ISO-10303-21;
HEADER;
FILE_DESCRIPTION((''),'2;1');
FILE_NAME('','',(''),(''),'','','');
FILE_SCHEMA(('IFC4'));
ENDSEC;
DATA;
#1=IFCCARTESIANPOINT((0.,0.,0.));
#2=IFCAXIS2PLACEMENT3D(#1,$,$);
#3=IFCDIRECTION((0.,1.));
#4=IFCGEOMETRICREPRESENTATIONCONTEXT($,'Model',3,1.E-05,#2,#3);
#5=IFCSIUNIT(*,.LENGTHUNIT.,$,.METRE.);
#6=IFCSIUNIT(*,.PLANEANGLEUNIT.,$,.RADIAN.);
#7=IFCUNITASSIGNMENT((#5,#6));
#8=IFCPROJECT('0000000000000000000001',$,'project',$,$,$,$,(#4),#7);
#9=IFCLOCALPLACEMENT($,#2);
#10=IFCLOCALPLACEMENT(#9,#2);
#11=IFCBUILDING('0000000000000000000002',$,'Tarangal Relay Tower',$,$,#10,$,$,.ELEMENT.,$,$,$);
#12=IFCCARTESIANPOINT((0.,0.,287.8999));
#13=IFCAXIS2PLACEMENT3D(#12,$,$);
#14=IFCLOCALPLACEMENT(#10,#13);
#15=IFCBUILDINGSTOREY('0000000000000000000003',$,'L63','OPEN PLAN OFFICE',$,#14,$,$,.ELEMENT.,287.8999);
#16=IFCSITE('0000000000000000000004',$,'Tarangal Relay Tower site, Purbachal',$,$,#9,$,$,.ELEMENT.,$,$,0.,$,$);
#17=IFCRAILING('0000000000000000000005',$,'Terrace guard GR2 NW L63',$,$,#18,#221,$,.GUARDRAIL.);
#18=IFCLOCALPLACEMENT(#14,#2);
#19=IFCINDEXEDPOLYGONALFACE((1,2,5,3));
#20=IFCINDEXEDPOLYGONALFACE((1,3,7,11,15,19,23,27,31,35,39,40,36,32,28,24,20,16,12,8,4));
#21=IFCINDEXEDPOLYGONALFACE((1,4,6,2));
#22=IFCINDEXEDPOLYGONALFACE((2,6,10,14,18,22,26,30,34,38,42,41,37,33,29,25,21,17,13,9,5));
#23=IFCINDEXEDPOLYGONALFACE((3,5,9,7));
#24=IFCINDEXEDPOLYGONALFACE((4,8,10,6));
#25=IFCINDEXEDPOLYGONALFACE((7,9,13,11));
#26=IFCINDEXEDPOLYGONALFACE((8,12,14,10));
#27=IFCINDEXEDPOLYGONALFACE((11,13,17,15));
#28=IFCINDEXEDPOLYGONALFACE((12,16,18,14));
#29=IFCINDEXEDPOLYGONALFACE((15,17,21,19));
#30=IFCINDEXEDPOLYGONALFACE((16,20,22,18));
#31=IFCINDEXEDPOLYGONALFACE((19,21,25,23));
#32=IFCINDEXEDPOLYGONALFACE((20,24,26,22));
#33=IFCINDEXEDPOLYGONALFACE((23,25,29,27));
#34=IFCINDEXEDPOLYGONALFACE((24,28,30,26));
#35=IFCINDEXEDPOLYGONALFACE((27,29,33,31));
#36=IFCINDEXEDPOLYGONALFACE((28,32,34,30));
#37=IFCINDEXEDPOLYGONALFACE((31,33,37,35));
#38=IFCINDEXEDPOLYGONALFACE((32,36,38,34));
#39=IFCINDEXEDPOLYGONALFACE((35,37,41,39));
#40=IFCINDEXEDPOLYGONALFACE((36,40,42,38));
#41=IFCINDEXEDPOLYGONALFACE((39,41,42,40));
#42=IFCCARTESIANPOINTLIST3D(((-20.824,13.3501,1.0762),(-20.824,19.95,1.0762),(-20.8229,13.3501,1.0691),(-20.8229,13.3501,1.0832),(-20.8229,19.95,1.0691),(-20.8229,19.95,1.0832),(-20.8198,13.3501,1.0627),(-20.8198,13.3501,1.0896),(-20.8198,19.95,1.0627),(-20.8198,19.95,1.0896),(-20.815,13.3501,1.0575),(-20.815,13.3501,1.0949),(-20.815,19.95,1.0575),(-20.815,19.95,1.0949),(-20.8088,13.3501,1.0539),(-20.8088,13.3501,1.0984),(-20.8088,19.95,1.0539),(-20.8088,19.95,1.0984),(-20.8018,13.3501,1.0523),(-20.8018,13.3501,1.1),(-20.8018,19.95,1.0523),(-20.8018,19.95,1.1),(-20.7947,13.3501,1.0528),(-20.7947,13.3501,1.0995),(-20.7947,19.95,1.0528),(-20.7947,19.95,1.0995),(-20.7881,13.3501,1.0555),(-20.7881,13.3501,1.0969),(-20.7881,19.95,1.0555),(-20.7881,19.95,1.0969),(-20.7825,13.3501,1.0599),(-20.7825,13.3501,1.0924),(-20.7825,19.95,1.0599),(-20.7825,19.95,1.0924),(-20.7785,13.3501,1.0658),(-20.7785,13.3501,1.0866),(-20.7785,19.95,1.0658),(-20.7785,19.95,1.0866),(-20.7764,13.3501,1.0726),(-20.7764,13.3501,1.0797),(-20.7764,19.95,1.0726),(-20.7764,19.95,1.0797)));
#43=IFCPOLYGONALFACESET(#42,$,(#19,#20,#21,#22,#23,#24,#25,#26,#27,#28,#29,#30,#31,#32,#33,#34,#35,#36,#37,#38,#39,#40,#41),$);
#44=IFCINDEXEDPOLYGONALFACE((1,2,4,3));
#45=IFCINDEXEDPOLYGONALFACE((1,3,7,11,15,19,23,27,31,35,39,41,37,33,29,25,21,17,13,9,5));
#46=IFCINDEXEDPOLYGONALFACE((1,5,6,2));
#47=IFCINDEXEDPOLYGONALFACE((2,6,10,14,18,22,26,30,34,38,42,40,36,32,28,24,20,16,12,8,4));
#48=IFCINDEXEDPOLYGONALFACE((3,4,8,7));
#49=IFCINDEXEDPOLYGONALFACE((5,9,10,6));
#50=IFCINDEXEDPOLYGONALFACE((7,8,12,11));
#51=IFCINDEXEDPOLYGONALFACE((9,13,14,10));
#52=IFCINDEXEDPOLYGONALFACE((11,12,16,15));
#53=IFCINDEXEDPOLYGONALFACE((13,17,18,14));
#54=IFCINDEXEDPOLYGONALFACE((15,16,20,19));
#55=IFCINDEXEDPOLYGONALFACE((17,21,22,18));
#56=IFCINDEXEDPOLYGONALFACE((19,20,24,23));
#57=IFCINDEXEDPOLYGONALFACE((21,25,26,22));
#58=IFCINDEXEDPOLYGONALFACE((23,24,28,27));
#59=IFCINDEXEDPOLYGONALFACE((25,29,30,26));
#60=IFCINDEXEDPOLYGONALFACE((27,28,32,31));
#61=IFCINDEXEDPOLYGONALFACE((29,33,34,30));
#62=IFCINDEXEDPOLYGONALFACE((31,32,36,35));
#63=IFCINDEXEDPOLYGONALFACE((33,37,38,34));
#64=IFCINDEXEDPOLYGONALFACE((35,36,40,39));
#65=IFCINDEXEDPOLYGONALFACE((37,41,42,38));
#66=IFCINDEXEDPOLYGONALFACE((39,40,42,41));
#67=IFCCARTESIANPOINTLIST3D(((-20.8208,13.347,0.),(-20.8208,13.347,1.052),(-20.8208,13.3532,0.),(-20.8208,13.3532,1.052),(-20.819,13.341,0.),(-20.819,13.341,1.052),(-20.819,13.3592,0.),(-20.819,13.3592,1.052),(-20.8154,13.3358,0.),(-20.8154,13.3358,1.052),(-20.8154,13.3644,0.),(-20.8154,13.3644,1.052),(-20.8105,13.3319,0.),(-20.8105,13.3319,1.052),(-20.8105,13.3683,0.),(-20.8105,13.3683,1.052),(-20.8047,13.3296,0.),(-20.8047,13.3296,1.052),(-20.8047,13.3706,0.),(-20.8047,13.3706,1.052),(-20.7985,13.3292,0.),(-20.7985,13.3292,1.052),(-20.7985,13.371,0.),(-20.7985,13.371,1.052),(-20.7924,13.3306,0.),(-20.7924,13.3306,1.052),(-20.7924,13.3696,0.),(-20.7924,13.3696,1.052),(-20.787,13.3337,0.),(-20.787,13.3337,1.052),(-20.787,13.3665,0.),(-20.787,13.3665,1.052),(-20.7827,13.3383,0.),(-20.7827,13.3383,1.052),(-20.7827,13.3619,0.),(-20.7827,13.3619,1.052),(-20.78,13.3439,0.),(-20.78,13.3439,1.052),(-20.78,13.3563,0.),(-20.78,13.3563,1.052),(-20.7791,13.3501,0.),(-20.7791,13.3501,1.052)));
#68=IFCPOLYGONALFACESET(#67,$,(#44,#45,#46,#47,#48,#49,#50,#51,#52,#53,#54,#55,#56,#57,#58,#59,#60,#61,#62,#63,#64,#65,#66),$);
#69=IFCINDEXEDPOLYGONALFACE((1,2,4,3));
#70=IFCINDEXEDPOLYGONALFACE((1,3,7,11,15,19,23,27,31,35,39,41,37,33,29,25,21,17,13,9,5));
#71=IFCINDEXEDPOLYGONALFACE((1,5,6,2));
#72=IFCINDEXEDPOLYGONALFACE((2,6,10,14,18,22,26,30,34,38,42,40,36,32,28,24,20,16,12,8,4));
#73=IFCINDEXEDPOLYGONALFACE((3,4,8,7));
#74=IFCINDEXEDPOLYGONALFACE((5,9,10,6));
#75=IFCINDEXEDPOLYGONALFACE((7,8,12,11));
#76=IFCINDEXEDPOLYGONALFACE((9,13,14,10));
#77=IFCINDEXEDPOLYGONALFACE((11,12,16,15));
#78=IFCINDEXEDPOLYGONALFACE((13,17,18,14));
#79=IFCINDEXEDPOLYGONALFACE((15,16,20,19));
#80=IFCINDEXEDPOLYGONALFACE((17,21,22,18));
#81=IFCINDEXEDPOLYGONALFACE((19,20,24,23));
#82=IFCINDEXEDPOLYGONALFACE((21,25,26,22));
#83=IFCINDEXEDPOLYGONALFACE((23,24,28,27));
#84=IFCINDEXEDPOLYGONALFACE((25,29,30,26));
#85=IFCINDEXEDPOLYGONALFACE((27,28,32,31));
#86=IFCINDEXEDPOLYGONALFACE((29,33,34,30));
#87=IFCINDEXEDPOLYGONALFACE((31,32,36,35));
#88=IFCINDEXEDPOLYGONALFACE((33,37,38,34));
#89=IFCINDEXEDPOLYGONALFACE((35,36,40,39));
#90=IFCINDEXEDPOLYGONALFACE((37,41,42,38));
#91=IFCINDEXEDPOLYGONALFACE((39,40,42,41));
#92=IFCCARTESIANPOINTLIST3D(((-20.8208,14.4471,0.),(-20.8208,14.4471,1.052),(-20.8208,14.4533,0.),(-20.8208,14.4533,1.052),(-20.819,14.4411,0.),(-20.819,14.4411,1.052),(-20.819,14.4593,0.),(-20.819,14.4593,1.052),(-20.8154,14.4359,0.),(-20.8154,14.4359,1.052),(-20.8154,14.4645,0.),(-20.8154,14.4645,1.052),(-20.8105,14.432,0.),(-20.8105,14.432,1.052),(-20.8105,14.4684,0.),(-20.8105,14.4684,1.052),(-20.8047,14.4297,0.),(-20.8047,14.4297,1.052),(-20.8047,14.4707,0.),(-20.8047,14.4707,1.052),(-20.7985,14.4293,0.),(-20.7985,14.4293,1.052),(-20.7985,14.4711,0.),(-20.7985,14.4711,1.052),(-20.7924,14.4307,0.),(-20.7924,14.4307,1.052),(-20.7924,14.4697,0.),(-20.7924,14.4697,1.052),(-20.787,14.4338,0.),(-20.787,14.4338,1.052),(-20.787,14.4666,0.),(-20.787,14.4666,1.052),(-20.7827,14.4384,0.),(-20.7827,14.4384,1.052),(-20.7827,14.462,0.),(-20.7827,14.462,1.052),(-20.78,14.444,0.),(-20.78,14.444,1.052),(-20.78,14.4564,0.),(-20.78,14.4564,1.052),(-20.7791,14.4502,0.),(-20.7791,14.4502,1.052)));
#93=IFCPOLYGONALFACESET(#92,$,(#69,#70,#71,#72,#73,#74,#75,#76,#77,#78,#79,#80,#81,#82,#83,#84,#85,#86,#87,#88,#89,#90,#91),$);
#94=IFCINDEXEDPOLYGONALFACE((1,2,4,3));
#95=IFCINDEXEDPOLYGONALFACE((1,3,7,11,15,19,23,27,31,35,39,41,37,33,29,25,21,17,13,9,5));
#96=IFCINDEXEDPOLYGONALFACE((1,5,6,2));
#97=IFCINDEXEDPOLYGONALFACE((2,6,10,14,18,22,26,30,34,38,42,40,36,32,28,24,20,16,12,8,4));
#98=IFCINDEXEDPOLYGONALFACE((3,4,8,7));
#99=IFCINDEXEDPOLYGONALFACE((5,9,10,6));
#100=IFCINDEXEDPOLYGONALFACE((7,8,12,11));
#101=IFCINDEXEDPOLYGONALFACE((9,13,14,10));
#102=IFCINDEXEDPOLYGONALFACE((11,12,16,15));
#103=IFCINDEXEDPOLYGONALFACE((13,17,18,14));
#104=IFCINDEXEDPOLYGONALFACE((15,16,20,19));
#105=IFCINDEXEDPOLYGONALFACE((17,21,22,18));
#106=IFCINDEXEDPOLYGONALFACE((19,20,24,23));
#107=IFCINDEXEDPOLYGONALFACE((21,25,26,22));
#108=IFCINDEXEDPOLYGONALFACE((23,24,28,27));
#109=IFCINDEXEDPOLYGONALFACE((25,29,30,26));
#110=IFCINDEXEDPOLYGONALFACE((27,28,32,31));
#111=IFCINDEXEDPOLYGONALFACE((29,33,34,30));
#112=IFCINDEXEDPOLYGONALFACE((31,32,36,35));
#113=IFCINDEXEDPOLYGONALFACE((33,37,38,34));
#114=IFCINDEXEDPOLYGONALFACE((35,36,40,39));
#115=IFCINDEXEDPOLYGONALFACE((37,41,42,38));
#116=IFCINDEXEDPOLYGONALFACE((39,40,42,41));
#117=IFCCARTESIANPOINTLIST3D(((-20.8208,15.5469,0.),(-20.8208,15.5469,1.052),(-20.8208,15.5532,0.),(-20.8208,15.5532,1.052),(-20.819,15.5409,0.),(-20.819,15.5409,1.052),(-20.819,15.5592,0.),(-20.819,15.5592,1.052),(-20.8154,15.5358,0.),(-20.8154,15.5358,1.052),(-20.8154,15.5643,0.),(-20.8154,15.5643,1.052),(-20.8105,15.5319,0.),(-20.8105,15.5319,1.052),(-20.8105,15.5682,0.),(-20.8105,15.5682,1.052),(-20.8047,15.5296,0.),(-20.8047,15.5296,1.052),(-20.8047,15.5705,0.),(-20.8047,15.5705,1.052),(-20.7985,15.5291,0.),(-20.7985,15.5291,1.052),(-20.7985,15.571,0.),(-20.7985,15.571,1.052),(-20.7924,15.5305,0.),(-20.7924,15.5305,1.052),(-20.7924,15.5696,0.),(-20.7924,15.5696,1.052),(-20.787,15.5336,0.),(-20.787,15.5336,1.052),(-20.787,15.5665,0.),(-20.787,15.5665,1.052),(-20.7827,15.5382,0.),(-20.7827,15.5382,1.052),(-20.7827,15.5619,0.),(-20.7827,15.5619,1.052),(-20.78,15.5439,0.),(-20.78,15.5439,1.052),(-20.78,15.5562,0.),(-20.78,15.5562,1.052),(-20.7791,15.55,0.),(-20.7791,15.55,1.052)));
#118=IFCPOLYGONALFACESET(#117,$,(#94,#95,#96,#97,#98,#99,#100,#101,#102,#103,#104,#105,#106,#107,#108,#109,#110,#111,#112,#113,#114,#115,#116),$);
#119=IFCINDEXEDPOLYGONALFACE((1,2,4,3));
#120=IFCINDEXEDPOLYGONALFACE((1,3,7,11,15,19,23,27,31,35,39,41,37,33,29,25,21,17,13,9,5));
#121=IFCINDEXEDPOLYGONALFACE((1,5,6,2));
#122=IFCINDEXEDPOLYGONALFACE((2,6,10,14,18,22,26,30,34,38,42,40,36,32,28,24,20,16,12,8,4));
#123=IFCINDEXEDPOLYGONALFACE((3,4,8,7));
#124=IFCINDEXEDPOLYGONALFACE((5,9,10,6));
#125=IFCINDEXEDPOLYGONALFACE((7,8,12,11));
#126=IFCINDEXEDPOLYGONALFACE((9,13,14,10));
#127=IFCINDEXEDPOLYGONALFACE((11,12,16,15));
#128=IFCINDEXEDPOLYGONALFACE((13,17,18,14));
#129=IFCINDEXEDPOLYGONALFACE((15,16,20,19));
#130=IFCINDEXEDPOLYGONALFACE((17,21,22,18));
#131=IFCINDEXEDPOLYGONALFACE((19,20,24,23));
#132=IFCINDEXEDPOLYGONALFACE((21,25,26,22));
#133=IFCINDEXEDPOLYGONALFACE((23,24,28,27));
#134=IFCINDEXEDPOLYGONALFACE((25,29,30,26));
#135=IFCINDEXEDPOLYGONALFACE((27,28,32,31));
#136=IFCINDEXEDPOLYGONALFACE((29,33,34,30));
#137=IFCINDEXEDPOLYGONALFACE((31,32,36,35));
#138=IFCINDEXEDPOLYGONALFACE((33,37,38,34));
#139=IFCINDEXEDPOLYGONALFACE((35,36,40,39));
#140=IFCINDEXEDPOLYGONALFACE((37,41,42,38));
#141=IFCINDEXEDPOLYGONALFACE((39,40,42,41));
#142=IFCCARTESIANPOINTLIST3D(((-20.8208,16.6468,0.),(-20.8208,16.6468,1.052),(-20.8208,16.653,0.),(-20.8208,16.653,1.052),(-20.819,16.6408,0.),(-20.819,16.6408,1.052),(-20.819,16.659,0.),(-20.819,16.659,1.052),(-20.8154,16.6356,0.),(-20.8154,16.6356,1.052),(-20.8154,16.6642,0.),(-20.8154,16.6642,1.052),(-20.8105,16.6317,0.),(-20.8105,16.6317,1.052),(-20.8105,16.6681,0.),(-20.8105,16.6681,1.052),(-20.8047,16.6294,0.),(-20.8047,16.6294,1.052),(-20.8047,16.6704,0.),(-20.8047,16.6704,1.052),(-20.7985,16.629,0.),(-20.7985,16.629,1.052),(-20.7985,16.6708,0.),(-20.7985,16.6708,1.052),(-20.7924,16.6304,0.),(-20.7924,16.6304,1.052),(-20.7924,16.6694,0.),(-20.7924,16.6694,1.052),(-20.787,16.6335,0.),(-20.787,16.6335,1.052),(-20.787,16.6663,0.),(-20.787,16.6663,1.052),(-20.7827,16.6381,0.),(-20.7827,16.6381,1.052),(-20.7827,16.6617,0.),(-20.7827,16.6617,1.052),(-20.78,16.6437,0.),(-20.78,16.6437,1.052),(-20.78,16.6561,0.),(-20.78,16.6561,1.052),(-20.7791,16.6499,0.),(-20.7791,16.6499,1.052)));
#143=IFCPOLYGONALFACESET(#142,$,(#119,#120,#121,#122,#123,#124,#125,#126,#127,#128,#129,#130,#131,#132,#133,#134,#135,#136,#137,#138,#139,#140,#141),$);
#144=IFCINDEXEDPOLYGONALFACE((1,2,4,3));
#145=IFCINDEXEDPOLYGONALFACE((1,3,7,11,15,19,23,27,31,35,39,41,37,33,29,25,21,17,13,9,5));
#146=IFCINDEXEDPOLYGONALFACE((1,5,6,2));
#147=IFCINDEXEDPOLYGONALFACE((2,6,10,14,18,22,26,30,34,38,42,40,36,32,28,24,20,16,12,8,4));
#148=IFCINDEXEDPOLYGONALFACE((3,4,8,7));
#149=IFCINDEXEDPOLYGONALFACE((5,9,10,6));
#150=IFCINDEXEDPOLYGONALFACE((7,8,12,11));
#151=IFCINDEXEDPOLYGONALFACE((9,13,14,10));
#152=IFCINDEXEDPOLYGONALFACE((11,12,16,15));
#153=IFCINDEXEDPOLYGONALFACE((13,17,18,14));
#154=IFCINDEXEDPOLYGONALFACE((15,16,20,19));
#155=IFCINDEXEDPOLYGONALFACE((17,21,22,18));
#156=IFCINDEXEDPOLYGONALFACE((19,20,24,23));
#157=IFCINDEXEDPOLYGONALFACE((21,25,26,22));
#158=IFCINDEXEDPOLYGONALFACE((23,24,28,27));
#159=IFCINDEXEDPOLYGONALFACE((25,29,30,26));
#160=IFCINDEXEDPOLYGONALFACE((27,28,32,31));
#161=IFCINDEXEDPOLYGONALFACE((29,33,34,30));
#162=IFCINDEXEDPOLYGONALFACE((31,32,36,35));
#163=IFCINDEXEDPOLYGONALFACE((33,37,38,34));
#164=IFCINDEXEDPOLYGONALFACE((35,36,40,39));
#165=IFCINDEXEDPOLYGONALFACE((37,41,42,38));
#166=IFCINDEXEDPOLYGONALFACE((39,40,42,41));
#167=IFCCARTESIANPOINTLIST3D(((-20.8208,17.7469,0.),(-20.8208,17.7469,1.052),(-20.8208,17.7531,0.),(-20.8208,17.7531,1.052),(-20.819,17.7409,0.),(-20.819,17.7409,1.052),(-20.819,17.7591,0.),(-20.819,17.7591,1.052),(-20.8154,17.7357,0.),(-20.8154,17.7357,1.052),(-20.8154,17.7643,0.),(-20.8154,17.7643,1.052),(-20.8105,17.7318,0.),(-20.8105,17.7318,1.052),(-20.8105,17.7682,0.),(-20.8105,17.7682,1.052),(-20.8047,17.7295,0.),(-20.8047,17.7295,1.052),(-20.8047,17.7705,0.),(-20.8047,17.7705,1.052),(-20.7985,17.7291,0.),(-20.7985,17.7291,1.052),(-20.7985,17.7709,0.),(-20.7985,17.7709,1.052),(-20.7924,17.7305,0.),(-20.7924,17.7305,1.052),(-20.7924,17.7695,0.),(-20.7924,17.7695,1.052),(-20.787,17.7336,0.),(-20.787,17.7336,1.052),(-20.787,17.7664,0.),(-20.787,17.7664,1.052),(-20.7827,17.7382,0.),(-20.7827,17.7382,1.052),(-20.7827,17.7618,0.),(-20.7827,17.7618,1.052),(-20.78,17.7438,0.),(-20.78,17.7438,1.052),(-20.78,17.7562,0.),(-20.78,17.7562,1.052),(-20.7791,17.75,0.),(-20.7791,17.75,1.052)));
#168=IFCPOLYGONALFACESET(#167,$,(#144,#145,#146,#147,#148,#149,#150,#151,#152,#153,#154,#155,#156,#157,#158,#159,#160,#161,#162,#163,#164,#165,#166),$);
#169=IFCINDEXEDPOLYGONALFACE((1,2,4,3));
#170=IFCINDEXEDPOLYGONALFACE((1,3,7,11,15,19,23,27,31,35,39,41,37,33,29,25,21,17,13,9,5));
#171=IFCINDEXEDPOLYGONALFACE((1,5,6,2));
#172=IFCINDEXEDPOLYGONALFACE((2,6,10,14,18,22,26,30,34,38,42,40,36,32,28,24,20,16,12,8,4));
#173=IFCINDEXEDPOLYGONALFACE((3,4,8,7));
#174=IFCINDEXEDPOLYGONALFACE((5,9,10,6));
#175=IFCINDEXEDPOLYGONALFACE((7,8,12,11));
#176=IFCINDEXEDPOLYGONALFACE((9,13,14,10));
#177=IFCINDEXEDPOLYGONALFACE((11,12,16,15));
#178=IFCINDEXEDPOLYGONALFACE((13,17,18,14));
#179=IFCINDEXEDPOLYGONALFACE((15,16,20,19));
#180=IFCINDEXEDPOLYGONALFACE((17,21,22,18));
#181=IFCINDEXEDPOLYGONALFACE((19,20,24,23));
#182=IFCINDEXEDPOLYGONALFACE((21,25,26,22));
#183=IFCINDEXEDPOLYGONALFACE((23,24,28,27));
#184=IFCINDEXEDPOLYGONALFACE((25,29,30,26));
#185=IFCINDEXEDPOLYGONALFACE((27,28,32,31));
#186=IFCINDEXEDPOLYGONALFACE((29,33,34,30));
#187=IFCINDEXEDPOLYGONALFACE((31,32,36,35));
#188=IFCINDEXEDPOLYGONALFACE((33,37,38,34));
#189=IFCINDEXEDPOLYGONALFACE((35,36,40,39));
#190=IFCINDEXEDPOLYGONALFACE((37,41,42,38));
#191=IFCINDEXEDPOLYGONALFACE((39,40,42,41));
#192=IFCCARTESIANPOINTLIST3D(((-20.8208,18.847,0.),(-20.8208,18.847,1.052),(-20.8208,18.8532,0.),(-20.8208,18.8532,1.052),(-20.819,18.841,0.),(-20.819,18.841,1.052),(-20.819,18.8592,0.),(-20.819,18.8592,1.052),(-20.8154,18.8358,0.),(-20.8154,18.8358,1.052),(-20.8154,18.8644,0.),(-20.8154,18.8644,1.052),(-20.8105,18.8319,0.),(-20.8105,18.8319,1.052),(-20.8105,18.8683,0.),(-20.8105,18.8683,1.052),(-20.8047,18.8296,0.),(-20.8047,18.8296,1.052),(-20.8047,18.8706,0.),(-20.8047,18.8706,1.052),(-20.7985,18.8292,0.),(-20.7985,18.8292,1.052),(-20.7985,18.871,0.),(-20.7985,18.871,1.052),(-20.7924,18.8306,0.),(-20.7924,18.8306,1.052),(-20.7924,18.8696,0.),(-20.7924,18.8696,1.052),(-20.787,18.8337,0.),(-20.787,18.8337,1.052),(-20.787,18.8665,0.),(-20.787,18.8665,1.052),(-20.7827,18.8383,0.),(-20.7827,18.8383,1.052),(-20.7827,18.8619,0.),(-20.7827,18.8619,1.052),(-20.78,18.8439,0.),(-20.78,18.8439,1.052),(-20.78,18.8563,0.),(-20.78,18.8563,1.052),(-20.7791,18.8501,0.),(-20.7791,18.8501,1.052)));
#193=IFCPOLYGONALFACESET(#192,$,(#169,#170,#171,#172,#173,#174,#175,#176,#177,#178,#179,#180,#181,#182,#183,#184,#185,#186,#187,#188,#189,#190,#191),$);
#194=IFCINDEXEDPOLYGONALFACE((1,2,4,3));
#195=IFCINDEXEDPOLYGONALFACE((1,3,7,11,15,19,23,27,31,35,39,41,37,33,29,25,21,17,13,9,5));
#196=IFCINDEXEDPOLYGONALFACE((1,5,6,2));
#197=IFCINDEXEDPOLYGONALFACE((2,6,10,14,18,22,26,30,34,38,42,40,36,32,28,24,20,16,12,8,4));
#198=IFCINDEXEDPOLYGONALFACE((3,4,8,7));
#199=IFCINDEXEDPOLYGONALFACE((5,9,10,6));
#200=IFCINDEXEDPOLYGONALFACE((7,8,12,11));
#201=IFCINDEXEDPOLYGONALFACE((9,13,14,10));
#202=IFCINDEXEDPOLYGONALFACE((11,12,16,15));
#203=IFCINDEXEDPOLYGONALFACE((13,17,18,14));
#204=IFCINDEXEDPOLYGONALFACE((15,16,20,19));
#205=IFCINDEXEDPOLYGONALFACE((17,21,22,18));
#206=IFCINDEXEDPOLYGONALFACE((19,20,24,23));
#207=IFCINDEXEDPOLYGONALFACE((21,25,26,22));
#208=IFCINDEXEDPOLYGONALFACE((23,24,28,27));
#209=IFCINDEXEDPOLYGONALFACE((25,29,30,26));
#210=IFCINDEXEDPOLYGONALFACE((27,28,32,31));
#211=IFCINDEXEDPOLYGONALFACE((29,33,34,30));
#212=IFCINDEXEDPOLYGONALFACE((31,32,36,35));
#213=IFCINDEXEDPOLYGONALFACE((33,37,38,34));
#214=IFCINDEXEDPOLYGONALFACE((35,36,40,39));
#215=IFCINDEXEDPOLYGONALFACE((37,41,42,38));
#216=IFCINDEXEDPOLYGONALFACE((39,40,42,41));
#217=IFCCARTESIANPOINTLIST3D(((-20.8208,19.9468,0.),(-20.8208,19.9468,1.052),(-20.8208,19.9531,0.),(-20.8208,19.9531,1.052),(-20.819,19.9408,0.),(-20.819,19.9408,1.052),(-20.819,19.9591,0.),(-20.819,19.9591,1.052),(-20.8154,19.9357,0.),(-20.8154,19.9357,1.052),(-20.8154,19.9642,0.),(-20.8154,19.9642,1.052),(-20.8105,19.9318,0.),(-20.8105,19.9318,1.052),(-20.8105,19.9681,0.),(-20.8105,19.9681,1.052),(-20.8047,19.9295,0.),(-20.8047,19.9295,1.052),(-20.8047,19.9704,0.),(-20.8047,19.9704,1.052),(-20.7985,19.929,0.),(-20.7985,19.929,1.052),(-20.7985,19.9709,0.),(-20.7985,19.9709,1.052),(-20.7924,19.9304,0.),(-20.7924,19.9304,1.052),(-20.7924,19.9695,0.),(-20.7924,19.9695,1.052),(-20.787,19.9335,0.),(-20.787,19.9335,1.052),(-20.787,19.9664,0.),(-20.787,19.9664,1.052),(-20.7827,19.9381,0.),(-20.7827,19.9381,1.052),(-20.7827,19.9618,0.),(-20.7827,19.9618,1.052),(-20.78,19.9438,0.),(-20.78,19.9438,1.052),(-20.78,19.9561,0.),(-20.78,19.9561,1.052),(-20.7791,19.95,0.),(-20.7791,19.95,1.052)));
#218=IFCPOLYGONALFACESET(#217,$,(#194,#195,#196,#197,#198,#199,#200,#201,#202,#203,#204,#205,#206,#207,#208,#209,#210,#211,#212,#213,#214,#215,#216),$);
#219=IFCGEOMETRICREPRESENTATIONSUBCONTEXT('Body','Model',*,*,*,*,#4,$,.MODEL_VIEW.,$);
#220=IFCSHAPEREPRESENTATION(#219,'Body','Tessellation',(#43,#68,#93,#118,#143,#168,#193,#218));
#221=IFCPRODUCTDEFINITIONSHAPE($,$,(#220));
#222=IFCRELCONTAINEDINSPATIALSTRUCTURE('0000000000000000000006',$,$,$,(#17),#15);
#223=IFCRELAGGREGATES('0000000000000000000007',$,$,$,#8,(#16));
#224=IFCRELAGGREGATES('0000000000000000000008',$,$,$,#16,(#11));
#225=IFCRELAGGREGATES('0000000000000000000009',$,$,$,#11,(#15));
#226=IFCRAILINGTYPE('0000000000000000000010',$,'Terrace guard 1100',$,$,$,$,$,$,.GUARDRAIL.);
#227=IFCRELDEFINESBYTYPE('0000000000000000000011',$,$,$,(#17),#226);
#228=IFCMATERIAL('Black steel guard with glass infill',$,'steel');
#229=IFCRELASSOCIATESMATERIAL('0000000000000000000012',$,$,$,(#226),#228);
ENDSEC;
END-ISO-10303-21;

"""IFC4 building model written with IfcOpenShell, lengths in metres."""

from ifc_helpers import new_model, si_unit, direction, frame, origin, origin_2d, place, context, subcontext, project, spatial, circle, extrude, material, type_object, element, save


model = new_model("IFC4")

# Units and contexts
model_context = context("Model", 3, precision=1e-05, world=origin(), true_north=direction((0.0, 1.0)))
body_context = subcontext(model_context, "Body", "Model", "MODEL_VIEW")
ifc_project = project(units=[si_unit("LENGTHUNIT", "METRE"), si_unit("PLANEANGLEUNIT", "RADIAN")], contexts=[model_context])

# Site, building, storey
site_placement = place(None, origin())
site = spatial("IfcSite", under=ifc_project, at=site_placement, Name="Tarangal Relay Tower site, Purbachal", CompositionType="ELEMENT", RefElevation=0.0)
building_placement = place(site_placement, origin())
building = spatial("IfcBuilding", under=site, at=building_placement, Name="Tarangal Relay Tower", CompositionType="ELEMENT")
storey_placement = place(building_placement, frame((0.0, 0.0, 287.8999)))
storey = spatial("IfcBuildingStorey", under=building, at=storey_placement, Name="L63", Description="OPEN PLAN OFFICE", CompositionType="ELEMENT", Elevation=287.8999)

# Railing
ifc_material_1 = material(Name="Black steel guard with glass infill", Category="steel")
railing_type = type_object("IfcRailingType", Name="Terrace guard 1100", PredefinedType="GUARDRAIL", material=ifc_material_1)
railing_1_placement = place(storey_placement, frame((-20.8, 13.3501, 0.0)))
element("IfcRailing", 1, at=railing_1_placement, inside=storey, type_object=railing_type, Name="Terrace guard GR2 NW L63", PredefinedType="GUARDRAIL", context=body_context, shape_type="SweptSolid", body=[
    extrude(circle(Radius=0.0239, at=origin_2d()), frame((0.0, 0.0, 1.0762), z_axis=(0.0, 1.0, 0.0), x_axis=(-1.0, 0.0, 0.0)), (0.0, 0.0, 1.0), 6.5999),
    extrude(circle(Radius=0.021, at=origin_2d()), origin(), (0.0, 0.0, 1.0), 1.052),
    extrude(circle(Radius=0.021, at=origin_2d()), frame((0.0, 1.1001, 0.0)), (0.0, 0.0, 1.0), 1.052),
    extrude(circle(Radius=0.021, at=origin_2d()), frame((0.0, 2.2, 0.0)), (0.0, 0.0, 1.0), 1.052),
    extrude(circle(Radius=0.021, at=origin_2d()), frame((0.0, 3.2998, 0.0)), (0.0, 0.0, 1.0), 1.052),
    extrude(circle(Radius=0.021, at=origin_2d()), frame((0.0, 4.3999, 0.0)), (0.0, 0.0, 1.0), 1.052),
    extrude(circle(Radius=0.021, at=origin_2d()), frame((0.0, 5.5, 0.0)), (0.0, 0.0, 1.0), 1.052),
    extrude(circle(Radius=0.021, at=origin_2d()), frame((0.0, 6.5999, 0.0)), (0.0, 0.0, 1.0), 1.052),
])

save(model, "model.ifc")
